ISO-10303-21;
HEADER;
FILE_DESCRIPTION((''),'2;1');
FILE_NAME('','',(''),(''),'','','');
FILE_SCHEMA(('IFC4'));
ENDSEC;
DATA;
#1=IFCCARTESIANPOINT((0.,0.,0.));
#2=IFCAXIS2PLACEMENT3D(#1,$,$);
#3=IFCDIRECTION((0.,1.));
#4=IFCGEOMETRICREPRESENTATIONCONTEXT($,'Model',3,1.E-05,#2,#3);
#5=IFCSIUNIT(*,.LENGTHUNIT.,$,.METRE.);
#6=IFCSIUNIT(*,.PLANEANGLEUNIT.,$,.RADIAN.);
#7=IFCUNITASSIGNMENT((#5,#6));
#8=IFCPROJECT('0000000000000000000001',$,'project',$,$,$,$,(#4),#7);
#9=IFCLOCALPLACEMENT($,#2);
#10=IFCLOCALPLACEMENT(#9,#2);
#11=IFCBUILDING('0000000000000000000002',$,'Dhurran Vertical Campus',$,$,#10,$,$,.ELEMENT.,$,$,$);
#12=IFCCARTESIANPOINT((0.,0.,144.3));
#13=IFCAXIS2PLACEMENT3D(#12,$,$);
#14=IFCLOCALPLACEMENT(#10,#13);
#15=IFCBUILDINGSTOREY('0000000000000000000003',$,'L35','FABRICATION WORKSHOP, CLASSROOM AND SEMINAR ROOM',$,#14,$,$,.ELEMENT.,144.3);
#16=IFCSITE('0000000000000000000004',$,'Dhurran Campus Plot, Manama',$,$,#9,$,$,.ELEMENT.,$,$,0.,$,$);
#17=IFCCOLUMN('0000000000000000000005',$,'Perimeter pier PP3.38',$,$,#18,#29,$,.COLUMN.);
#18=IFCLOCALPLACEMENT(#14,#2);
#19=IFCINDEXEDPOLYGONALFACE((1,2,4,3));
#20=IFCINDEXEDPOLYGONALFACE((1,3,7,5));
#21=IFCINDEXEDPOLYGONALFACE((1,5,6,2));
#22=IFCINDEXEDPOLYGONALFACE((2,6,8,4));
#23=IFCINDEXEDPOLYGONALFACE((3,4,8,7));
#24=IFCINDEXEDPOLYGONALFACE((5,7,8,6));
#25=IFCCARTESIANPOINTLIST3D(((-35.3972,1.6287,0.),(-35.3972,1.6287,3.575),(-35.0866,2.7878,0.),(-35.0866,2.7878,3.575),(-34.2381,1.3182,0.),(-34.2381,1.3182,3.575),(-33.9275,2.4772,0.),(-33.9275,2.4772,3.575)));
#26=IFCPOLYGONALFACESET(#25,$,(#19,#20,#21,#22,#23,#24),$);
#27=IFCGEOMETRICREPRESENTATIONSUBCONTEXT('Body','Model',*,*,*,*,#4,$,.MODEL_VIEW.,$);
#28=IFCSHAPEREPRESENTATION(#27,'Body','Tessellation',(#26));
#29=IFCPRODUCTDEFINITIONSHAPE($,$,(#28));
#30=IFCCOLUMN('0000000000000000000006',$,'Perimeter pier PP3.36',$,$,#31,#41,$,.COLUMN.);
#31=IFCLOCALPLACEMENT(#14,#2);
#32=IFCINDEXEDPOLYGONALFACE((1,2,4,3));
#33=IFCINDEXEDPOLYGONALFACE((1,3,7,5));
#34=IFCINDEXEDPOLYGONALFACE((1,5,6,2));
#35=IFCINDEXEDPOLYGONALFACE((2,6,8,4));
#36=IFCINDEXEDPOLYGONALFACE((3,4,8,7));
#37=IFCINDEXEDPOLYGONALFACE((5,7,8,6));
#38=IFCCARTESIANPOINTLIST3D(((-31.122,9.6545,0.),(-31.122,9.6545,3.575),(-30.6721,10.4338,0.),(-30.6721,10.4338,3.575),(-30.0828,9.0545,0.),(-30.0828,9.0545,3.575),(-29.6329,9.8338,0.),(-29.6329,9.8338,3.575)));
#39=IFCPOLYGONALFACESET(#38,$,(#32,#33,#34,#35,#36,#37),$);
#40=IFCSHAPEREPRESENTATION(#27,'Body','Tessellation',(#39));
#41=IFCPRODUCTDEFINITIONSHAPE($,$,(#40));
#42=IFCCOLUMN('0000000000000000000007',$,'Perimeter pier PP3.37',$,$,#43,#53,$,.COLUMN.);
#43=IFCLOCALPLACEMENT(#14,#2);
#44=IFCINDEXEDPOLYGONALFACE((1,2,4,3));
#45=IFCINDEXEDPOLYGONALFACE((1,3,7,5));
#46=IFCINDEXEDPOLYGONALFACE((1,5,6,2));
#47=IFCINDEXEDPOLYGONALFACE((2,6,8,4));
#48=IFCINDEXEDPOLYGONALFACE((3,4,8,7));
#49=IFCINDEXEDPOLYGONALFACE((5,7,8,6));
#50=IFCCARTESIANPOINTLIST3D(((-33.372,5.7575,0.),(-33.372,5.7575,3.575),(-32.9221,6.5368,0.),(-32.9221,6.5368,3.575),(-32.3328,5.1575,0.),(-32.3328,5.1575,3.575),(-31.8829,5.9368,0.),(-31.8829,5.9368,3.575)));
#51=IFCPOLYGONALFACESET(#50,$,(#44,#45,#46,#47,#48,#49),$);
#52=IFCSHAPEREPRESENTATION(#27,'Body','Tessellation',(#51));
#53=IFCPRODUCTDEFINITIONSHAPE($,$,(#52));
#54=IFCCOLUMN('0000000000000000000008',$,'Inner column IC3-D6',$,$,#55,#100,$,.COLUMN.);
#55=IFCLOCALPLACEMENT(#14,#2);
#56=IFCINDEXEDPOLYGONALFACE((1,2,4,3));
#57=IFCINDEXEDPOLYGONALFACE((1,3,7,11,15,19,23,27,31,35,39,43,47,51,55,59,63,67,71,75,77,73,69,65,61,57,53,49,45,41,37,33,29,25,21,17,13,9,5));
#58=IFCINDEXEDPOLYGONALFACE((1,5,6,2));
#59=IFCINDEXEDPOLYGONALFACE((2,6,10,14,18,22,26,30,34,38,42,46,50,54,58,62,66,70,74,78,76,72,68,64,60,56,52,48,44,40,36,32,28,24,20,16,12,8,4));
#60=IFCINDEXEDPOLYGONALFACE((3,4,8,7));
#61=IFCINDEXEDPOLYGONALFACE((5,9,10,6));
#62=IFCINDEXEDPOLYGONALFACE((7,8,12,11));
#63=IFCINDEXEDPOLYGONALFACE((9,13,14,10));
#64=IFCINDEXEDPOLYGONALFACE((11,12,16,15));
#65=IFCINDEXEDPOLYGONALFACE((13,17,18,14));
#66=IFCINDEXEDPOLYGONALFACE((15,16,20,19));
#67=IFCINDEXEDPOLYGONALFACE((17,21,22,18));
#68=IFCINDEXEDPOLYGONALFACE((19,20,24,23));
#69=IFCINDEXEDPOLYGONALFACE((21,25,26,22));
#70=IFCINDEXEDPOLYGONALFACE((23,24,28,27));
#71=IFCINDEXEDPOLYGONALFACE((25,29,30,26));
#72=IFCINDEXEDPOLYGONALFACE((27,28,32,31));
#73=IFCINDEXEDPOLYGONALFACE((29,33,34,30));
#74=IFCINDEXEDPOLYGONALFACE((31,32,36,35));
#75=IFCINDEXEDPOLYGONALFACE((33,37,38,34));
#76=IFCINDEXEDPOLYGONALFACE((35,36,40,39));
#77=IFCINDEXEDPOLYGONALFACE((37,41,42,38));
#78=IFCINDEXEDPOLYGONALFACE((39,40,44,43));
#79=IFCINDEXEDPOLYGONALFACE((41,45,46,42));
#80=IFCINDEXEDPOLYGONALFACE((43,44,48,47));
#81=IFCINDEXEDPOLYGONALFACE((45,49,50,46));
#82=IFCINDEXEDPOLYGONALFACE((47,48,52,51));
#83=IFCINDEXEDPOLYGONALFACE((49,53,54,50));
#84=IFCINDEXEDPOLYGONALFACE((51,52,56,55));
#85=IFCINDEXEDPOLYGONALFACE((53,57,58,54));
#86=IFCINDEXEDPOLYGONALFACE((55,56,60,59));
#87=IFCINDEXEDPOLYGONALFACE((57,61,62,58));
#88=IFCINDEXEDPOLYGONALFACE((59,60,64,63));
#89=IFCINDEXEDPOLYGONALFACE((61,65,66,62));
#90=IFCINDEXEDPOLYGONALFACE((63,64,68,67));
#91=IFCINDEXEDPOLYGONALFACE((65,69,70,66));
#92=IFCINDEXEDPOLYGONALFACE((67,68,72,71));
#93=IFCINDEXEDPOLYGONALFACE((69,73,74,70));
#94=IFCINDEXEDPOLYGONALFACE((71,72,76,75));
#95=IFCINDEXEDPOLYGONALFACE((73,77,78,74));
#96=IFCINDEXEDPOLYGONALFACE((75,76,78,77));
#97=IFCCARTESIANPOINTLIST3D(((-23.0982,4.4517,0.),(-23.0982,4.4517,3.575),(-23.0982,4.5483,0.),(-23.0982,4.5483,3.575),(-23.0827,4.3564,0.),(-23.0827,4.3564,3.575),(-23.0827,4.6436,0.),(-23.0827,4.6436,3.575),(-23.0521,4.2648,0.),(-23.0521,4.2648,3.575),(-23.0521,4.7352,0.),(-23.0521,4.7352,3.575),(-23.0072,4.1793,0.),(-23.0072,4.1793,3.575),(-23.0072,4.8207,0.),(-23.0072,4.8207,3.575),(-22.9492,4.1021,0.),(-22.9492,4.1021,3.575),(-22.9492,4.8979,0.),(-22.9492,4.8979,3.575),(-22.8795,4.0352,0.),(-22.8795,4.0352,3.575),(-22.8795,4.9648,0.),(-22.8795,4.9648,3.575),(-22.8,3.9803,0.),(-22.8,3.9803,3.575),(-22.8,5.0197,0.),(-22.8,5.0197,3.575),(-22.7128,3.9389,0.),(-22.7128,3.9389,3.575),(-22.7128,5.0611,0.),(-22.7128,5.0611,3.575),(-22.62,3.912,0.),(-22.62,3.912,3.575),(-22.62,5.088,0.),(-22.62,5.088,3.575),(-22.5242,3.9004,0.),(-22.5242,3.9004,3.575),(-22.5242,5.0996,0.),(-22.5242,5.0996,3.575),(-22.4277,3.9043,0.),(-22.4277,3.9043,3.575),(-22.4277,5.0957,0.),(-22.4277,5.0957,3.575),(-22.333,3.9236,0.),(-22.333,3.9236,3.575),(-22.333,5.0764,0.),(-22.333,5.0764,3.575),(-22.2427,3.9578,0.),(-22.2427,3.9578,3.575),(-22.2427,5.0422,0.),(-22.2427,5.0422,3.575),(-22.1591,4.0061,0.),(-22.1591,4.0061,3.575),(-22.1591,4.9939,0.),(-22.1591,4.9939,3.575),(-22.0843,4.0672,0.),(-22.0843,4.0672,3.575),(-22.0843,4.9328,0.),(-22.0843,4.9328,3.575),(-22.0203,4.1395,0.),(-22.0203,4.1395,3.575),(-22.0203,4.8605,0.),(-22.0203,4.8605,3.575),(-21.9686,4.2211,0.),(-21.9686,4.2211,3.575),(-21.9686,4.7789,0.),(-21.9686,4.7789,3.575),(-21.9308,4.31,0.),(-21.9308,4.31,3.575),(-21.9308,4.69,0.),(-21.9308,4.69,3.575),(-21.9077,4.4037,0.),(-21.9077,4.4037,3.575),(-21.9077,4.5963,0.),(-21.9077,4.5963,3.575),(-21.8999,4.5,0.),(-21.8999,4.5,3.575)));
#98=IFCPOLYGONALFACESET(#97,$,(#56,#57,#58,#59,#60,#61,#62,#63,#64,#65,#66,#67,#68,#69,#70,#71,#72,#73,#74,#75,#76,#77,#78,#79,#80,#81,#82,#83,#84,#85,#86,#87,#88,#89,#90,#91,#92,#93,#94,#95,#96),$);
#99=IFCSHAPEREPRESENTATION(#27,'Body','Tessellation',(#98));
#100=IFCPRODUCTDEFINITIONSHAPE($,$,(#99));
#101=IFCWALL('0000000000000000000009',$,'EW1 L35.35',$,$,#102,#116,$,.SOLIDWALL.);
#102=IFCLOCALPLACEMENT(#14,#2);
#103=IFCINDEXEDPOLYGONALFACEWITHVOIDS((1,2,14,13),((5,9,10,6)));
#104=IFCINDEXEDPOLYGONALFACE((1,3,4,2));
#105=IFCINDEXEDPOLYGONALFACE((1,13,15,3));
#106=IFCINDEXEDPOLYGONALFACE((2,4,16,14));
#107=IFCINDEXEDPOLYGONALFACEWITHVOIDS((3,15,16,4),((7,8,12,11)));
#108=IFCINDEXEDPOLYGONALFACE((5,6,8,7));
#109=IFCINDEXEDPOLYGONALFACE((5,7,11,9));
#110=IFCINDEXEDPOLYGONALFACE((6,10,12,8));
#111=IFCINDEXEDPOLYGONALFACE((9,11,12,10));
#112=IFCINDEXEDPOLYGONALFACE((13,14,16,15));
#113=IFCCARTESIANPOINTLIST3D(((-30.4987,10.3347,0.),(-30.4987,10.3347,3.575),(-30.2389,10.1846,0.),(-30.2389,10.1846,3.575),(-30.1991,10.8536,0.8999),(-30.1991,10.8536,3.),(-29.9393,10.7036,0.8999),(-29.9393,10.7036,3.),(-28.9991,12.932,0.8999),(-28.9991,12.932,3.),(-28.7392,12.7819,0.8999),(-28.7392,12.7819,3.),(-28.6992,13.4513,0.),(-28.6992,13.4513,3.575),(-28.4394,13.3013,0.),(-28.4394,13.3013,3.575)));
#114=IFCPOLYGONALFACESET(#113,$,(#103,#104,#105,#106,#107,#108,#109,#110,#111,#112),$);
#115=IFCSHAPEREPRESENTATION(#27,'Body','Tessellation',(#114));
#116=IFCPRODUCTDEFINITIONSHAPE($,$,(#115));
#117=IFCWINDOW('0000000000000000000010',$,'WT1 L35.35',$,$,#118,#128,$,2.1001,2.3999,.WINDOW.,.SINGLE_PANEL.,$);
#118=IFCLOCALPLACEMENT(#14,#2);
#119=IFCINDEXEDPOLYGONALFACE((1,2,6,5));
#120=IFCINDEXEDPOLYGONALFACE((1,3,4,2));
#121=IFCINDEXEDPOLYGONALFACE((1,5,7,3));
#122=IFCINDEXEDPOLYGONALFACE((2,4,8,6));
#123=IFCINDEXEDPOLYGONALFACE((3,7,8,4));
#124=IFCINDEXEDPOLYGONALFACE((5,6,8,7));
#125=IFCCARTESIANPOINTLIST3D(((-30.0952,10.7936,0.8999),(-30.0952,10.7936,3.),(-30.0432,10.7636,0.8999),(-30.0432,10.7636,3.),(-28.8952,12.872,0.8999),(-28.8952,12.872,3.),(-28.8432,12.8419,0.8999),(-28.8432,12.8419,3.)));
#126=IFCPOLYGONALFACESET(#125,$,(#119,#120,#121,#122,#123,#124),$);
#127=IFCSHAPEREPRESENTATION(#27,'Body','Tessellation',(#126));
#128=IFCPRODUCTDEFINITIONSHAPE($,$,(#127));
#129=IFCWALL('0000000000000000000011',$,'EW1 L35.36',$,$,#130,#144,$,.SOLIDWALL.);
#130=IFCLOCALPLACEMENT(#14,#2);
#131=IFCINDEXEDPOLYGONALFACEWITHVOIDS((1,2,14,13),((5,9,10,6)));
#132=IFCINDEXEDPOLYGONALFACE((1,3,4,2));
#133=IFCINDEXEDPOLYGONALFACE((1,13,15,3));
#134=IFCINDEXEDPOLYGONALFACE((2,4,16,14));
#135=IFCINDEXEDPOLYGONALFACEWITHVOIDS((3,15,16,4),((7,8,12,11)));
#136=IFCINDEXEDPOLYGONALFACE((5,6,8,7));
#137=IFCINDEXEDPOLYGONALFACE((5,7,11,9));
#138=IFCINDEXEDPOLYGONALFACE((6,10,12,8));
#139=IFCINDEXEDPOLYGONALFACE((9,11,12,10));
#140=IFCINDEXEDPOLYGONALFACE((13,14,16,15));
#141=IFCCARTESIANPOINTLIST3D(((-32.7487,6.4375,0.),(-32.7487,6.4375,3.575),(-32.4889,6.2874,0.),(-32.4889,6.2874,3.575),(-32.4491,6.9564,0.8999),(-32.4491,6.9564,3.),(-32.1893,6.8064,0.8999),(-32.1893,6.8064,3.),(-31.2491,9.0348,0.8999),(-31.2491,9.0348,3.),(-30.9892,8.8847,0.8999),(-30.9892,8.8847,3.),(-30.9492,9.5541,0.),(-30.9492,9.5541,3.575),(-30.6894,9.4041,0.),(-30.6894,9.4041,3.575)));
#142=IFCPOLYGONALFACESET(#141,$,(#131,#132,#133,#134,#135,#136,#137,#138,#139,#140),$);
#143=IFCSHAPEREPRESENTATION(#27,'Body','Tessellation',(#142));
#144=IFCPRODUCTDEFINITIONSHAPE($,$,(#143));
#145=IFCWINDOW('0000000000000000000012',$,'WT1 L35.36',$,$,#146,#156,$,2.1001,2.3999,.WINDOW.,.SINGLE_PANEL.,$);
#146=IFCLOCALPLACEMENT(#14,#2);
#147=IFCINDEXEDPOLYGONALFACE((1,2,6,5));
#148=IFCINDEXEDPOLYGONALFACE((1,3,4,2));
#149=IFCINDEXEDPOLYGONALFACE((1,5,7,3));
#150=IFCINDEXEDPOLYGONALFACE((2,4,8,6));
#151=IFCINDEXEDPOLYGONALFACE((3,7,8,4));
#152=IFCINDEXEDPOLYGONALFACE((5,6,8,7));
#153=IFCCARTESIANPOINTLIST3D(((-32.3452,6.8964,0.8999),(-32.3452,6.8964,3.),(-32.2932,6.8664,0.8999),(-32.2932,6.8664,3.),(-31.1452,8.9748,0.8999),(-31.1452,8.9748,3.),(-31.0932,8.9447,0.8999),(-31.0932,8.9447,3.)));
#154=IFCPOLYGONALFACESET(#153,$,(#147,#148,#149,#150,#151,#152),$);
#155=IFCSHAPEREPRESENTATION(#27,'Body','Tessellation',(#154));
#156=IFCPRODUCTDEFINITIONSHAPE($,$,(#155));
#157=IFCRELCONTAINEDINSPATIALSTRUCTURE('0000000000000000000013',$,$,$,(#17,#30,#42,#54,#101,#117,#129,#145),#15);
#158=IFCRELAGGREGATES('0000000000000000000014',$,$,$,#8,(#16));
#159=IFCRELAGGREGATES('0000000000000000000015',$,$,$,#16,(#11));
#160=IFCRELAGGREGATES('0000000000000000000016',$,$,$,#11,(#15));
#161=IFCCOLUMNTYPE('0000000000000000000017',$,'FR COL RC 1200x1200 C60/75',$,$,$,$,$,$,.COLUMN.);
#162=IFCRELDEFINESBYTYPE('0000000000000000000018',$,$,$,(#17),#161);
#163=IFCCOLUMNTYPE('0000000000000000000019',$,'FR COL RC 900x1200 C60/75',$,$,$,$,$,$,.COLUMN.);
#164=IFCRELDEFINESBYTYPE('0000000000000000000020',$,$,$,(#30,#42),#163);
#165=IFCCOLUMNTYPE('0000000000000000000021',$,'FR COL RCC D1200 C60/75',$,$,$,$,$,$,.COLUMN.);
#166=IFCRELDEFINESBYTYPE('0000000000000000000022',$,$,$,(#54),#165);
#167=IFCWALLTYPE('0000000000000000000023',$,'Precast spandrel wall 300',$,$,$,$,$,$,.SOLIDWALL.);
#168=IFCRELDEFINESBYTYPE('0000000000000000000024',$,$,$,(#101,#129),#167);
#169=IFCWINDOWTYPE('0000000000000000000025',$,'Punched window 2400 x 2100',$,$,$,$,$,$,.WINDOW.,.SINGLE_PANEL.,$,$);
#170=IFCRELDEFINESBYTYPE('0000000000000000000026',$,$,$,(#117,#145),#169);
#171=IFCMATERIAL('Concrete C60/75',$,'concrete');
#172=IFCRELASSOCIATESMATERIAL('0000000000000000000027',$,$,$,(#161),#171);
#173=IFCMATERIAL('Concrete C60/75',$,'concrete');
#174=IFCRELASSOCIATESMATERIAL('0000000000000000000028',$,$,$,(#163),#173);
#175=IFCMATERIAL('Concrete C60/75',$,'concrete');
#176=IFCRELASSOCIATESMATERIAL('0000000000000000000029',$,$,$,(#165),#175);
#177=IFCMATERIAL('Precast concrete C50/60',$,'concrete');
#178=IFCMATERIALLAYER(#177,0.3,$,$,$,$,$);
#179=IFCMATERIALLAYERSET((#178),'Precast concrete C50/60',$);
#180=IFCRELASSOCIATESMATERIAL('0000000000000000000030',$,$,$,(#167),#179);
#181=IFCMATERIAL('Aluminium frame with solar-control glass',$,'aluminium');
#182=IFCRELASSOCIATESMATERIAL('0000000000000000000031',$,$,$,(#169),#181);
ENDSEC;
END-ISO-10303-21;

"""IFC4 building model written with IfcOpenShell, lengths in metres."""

from ifc_helpers import new_model, si_unit, direction, frame, frame_2d, origin, origin_2d, place, context, subcontext, project, spatial, rectangle, circle, extrude, material, layer, layer_set, material_profile, profile_set, type_object, element, fill, save


model = new_model("IFC4")

# Units and contexts
model_context = context("Model", 3, precision=1e-05, world=origin(), true_north=direction((0.0, 1.0)))
body_context = subcontext(model_context, "Body", "Model", "MODEL_VIEW")
ifc_project = project(units=[si_unit("LENGTHUNIT", "METRE"), si_unit("PLANEANGLEUNIT", "RADIAN")], contexts=[model_context])

# Site, building, storey
site_placement = place(None, origin())
site = spatial("IfcSite", under=ifc_project, at=site_placement, Name="Dhurran Campus Plot, Manama", CompositionType="ELEMENT", RefElevation=0.0)
building_placement = place(site_placement, origin())
building = spatial("IfcBuilding", under=site, at=building_placement, Name="Dhurran Vertical Campus", CompositionType="ELEMENT")
storey_placement = place(building_placement, frame((0.0, 0.0, 144.3)))
storey = spatial("IfcBuildingStorey", under=building, at=storey_placement, Name="L35", Description="FABRICATION WORKSHOP, CLASSROOM AND SEMINAR ROOM", CompositionType="ELEMENT", Elevation=144.3)

# Columns
ifc_material_1 = material(Name="Concrete C60/75", Category="concrete")
ifc_material_profile_1 = material_profile(ifc_material_1, rectangle(XDim=1.2, YDim=1.2, at=origin_2d()), Name="RC 1200x1200")
ifc_profile_set_1 = profile_set([ifc_material_profile_1], Name="Concrete C60/75")
column_type_1 = type_object("IfcColumnType", Name="FR COL RC 1200x1200 C60/75", PredefinedType="COLUMN", material=ifc_profile_set_1)
column_1_placement = place(storey_placement, frame((-34.6624, 2.053, 0.0), z_axis=(0.0, 0.0, 1.0), x_axis=(-0.258819, -0.965926, 0.0)))
element("IfcColumn", 1, at=column_1_placement, inside=storey, type_object=column_type_1, Name="Perimeter pier PP3.38", PredefinedType="COLUMN", context=body_context, shape_type="SweptSolid", body=[
    extrude(rectangle(XDim=1.2, YDim=1.2, at=origin_2d()), origin(), (0.0, 0.0, 1.0), 3.575),
])
ifc_material_2 = material(Name="Concrete C60/75", Category="concrete")
ifc_material_profile_2 = material_profile(ifc_material_2, rectangle(XDim=0.8999, YDim=1.2, at=origin_2d()), Name="RC 900x1200")
ifc_profile_set_2 = profile_set([ifc_material_profile_2], Name="Concrete C60/75")
column_type_2 = type_object("IfcColumnType", Name="FR COL RC 900x1200 C60/75", PredefinedType="COLUMN", material=ifc_profile_set_2)
for number, where, z_axis, x_axis, name in (
    (2, (-30.3774, 9.7441, 0.0), (0.0, 0.0, 1.0), (-0.5, -0.866025, 0.0), "Perimeter pier PP3.36"),
    (3, (-32.6274, 5.8472, 0.0), (0.0, 0.0, 1.0), (-0.5, -0.866025, 0.0), "Perimeter pier PP3.37"),
):
    element("IfcColumn", number, at=place(storey_placement, frame(where, z_axis=z_axis, x_axis=x_axis)), inside=storey, type_object=column_type_2, Name=name, PredefinedType="COLUMN", context=body_context, shape_type="SweptSolid", body=[
        extrude(rectangle(XDim=0.8999, YDim=1.2, at=origin_2d()), origin(), (0.0, 0.0, 1.0), 3.575),
    ])
ifc_material_3 = material(Name="Concrete C60/75", Category="concrete")
ifc_material_profile_3 = material_profile(ifc_material_3, circle(Radius=0.6001, at=origin_2d()), Name="RCC D1200")
ifc_profile_set_3 = profile_set([ifc_material_profile_3], Name="Concrete C60/75")
column_type_3 = type_object("IfcColumnType", Name="FR COL RCC D1200 C60/75", PredefinedType="COLUMN", material=ifc_profile_set_3)
column_2_placement = place(storey_placement, frame((-22.5, 4.5, 0.0), z_axis=(0.0, 0.0, 1.0), x_axis=(1.0, 0.0, 0.0)))
element("IfcColumn", 4, at=column_2_placement, inside=storey, type_object=column_type_3, Name="Inner column IC3-D6", PredefinedType="COLUMN", context=body_context, shape_type="SweptSolid", body=[
    extrude(circle(Radius=0.6001, at=origin_2d()), origin(), (0.0, 0.0, 1.0), 3.575),
])

# Walls, openings, windows
ifc_material_4 = material(Name="Precast concrete C50/60", Category="concrete")
ifc_layer_1 = layer(ifc_material_4, 0.3)
ifc_layer_set_1 = layer_set([ifc_layer_1], Name="Precast concrete C50/60")
wall_type_1 = type_object("IfcWallType", Name="Precast spandrel wall 300", PredefinedType="SOLIDWALL", material=ifc_layer_set_1)
wall_1_placement = place(storey_placement, frame((-28.5693, 13.3762, 0.0), z_axis=(0.0, 0.0, 1.0), x_axis=(-0.500028, -0.866009, 0.0)))
wall_1 = element("IfcWall", 5, at=wall_1_placement, inside=storey, type_object=wall_type_1, Name="EW1 L35.35", PredefinedType="SOLIDWALL", context=body_context, shape_type="SweptSolid", body=[
    extrude(rectangle(XDim=3.5989, YDim=0.3, at=frame_2d((1.7993, 0.0))), origin(), (0.0, 0.0, 1.0), 3.575),
])
opening_1_placement = place(wall_1_placement, frame((0.5996, 0.0, 0.8999)))
opening_1 = element("IfcOpeningElement", 6, at=opening_1_placement, cuts=wall_1, PredefinedType="OPENING", context=body_context, shape_type="SweptSolid", body=[
    extrude(rectangle(XDim=2.3999, YDim=2.1001, at=frame_2d((1.2, 1.05))), frame((0.0, 0.1599, 0.0), z_axis=(0.0, -1.0, 0.0), x_axis=(1.0, 0.0, 0.0)), (0.0, 0.0, 1.0), 0.3201),
])
ifc_material_5 = material(Name="Aluminium frame with solar-control glass", Category="aluminium")
window_type = type_object("IfcWindowType", Name="Punched window 2400 x 2100", PartitioningType="SINGLE_PANEL", PredefinedType="WINDOW", material=ifc_material_5)
window_1_placement = place(opening_1_placement, origin())
window_1 = element("IfcWindow", 7, at=window_1_placement, inside=storey, type_object=window_type, Name="WT1 L35.35", OverallHeight=2.1001, OverallWidth=2.3999, PartitioningType="SINGLE_PANEL", PredefinedType="WINDOW", context=body_context, shape_type="SweptSolid", body=[
    extrude(rectangle(XDim=2.3999, YDim=2.1001, at=frame_2d((1.2, 1.05))), frame((0.0, 0.03, 0.0), z_axis=(0.0, -1.0, 0.0), x_axis=(1.0, 0.0, 0.0)), (0.0, 0.0, 1.0), 0.0601),
])
fill(opening_1, window_1)
wall_2_placement = place(storey_placement, frame((-30.8193, 9.479, 0.0), z_axis=(0.0, 0.0, 1.0), x_axis=(-0.500028, -0.866009, 0.0)))
wall_2 = element("IfcWall", 8, at=wall_2_placement, inside=storey, type_object=wall_type_1, Name="EW1 L35.36", PredefinedType="SOLIDWALL", context=body_context, shape_type="SweptSolid", body=[
    extrude(rectangle(XDim=3.5989, YDim=0.3, at=frame_2d((1.7993, 0.0))), origin(), (0.0, 0.0, 1.0), 3.575),
])
opening_2_placement = place(wall_2_placement, frame((0.5996, 0.0, 0.8999)))
opening_2 = element("IfcOpeningElement", 9, at=opening_2_placement, cuts=wall_2, PredefinedType="OPENING", context=body_context, shape_type="SweptSolid", body=[
    extrude(rectangle(XDim=2.3999, YDim=2.1001, at=frame_2d((1.2, 1.05))), frame((0.0, 0.1599, 0.0), z_axis=(0.0, -1.0, 0.0), x_axis=(1.0, 0.0, 0.0)), (0.0, 0.0, 1.0), 0.3201),
])
window_2_placement = place(opening_2_placement, origin())
window_2 = element("IfcWindow", 10, at=window_2_placement, inside=storey, type_object=window_type, Name="WT1 L35.36", OverallHeight=2.1001, OverallWidth=2.3999, PartitioningType="SINGLE_PANEL", PredefinedType="WINDOW", context=body_context, shape_type="SweptSolid", body=[
    extrude(rectangle(XDim=2.3999, YDim=2.1001, at=frame_2d((1.2, 1.05))), frame((0.0, 0.03, 0.0), z_axis=(0.0, -1.0, 0.0), x_axis=(1.0, 0.0, 0.0)), (0.0, 0.0, 1.0), 0.0601),
])
fill(opening_2, window_2)

save(model, "model.ifc")
